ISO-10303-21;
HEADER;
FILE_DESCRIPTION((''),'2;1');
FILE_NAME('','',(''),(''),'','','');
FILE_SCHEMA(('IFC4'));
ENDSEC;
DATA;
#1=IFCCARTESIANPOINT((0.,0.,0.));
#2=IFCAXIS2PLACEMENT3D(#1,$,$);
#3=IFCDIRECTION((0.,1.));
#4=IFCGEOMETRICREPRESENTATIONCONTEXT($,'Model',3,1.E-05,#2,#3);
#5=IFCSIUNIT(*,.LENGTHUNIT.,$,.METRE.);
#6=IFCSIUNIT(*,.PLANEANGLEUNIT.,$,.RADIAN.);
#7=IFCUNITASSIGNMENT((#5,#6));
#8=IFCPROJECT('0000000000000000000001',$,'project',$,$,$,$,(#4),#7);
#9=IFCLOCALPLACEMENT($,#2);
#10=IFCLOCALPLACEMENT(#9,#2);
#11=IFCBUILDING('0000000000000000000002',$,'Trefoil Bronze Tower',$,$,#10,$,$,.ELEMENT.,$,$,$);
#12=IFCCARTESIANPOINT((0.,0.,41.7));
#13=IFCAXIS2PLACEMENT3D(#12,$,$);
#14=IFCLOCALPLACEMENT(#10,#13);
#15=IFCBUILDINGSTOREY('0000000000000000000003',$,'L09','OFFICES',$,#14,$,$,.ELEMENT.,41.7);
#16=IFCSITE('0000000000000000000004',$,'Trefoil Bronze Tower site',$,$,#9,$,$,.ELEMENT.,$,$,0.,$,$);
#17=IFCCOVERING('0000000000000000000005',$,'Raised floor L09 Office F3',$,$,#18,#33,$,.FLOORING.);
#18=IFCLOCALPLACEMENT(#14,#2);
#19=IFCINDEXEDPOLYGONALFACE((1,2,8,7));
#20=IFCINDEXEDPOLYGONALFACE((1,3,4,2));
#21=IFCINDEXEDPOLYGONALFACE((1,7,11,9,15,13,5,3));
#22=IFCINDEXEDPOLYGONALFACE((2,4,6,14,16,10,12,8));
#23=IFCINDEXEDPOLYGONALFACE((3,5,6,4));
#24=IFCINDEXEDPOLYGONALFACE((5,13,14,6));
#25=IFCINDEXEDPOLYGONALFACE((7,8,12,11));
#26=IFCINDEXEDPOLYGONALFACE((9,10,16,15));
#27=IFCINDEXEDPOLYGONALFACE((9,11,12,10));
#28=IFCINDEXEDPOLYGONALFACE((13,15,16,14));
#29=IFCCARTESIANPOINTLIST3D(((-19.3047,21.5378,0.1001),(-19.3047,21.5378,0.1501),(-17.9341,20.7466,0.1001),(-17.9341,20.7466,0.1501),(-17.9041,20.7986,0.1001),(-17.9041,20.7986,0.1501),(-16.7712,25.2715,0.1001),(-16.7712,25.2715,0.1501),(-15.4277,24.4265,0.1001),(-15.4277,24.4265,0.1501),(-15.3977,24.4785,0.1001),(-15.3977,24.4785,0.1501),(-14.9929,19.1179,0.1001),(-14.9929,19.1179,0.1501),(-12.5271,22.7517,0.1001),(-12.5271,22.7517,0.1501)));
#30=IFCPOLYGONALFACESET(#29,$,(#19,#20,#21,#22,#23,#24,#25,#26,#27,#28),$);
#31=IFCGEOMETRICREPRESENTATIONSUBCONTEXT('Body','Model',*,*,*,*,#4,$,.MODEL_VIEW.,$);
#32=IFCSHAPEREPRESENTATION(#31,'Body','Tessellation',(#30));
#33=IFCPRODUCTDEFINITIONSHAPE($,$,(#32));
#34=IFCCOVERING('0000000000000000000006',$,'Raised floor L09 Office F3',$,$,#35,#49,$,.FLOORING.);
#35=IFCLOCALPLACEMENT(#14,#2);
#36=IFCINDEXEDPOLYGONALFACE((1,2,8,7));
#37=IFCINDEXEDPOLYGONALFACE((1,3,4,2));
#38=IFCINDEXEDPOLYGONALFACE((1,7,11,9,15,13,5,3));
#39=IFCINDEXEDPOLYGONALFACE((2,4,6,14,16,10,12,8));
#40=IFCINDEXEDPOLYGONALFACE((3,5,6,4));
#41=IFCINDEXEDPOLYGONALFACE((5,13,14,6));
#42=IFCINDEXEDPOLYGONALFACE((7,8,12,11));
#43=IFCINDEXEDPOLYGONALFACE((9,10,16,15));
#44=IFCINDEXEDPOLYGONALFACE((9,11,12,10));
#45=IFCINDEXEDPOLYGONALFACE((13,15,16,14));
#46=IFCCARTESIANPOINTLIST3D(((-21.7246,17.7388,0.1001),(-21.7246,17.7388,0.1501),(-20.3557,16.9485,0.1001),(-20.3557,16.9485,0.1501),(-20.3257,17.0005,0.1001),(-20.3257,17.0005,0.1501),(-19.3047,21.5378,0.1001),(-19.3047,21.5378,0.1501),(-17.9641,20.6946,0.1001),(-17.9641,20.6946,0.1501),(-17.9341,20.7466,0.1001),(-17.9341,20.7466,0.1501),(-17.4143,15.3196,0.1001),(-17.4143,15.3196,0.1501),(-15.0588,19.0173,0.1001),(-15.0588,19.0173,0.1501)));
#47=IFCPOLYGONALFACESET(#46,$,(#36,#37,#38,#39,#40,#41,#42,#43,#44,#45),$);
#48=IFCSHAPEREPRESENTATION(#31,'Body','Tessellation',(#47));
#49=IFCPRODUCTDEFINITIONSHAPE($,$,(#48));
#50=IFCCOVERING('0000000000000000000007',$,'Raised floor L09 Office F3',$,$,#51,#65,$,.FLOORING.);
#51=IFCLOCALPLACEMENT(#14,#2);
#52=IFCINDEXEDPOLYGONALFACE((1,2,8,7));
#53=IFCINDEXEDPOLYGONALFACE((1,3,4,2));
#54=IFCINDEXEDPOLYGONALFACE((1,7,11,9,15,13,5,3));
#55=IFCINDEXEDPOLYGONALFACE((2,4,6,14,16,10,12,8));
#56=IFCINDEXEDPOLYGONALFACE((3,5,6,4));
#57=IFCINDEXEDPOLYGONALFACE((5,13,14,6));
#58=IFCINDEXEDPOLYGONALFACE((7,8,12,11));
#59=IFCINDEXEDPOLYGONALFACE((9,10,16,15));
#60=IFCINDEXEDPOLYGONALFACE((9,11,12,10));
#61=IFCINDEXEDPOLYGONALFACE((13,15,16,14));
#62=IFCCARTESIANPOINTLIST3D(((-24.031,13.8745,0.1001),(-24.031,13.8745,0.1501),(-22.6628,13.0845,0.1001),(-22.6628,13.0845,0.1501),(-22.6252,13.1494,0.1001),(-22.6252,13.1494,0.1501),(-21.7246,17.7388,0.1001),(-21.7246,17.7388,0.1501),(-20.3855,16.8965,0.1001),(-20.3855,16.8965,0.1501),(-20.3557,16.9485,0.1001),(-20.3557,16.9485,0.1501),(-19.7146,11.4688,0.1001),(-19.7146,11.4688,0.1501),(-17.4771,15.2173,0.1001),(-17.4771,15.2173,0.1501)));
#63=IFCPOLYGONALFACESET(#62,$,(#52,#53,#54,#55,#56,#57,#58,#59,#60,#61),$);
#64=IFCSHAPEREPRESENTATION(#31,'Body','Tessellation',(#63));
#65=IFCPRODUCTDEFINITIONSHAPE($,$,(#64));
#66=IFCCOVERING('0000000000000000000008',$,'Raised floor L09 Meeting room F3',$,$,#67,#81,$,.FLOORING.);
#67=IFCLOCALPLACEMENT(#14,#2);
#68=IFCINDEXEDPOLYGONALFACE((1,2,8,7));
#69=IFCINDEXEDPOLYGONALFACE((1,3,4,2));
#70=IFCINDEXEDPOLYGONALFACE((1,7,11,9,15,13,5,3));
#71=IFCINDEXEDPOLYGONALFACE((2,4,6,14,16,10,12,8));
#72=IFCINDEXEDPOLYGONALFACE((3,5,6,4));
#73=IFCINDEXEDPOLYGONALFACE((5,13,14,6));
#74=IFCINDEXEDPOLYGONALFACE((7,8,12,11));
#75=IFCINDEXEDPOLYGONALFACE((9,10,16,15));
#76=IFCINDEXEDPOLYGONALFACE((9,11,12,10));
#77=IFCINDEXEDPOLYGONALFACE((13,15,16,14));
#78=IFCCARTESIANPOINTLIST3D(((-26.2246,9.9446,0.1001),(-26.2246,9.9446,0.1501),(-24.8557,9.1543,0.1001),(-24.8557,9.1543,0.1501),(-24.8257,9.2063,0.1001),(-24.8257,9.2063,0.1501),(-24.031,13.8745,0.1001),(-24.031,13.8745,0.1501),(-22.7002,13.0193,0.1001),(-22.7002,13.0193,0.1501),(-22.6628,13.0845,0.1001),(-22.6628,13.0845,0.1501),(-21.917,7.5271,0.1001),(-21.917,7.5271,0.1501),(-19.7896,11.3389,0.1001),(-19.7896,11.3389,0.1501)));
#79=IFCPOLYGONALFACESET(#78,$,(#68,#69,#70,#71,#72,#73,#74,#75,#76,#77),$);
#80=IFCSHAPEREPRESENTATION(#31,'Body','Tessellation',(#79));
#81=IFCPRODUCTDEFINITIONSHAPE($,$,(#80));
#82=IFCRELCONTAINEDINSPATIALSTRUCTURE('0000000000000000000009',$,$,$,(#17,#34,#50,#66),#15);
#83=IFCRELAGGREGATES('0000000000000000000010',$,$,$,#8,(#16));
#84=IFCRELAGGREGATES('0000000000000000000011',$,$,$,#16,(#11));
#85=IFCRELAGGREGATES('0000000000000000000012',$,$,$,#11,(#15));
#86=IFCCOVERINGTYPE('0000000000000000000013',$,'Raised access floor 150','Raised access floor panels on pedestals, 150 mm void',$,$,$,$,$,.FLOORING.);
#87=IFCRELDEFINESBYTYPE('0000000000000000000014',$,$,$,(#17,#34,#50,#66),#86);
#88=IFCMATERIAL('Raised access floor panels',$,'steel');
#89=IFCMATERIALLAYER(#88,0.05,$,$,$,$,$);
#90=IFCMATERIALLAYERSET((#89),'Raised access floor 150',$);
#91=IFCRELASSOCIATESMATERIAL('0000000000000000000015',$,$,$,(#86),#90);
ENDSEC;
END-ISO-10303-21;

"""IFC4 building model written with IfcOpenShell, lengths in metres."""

from ifc_helpers import new_model, si_unit, direction, frame, origin, place, context, subcontext, project, spatial, polyline, outline, extrude, material, layer, layer_set, type_object, element, save


model = new_model("IFC4")

# Units and contexts
model_context = context("Model", 3, precision=1e-05, world=origin(), true_north=direction((0.0, 1.0)))
body_context = subcontext(model_context, "Body", "Model", "MODEL_VIEW")
ifc_project = project(units=[si_unit("LENGTHUNIT", "METRE"), si_unit("PLANEANGLEUNIT", "RADIAN")], contexts=[model_context])

# Site, building, storey
site_placement = place(None, origin())
site = spatial("IfcSite", under=ifc_project, at=site_placement, Name="Trefoil Bronze Tower site", CompositionType="ELEMENT", RefElevation=0.0)
building_placement = place(site_placement, origin())
building = spatial("IfcBuilding", under=site, at=building_placement, Name="Trefoil Bronze Tower", CompositionType="ELEMENT")
storey_placement = place(building_placement, frame((0.0, 0.0, 41.7)))
storey = spatial("IfcBuildingStorey", under=building, at=storey_placement, Name="L09", Description="OFFICES", CompositionType="ELEMENT", Elevation=41.7)

# Coverings
ifc_material_1 = material(Name="Raised access floor panels", Category="steel")
ifc_layer_1 = layer(ifc_material_1, 0.05)
ifc_layer_set_1 = layer_set([ifc_layer_1], Name="Raised access floor 150")
covering_type_1 = type_object("IfcCoveringType", Name="Raised access floor 150", Description="Raised access floor panels on pedestals, 150 mm void", PredefinedType="FLOORING", material=ifc_layer_set_1)
covering_1_placement = place(storey_placement, frame((0.0, 0.0, 0.1001)))
element("IfcCovering", 1, at=covering_1_placement, inside=storey, type_object=covering_type_1, Name="Raised floor L09 Office F3", PredefinedType="FLOORING", context=body_context, shape_type="SweptSolid", body=[
    extrude(outline(polyline([(-19.3047, 21.5378), (-16.7712, 25.2715), (-15.3977, 24.4785), (-15.4277, 24.4265), (-12.5271, 22.7517), (-14.9929, 19.1179), (-17.9041, 20.7986), (-17.9341, 20.7466), (-19.3047, 21.5378)])), origin(), (0.0, 0.0, 1.0), 0.05),
])
covering_2_placement = place(storey_placement, frame((0.0, 0.0, 0.1001)))
element("IfcCovering", 2, at=covering_2_placement, inside=storey, type_object=covering_type_1, Name="Raised floor L09 Office F3", PredefinedType="FLOORING", context=body_context, shape_type="SweptSolid", body=[
    extrude(outline(polyline([(-19.3047, 21.5378), (-17.9341, 20.7466), (-17.9641, 20.6946), (-15.0588, 19.0173), (-17.4143, 15.3196), (-20.3257, 17.0005), (-20.3557, 16.9485), (-21.7246, 17.7388), (-19.3047, 21.5378)])), origin(), (0.0, 0.0, 1.0), 0.05),
])
covering_3_placement = place(storey_placement, frame((0.0, 0.0, 0.1001)))
element("IfcCovering", 3, at=covering_3_placement, inside=storey, type_object=covering_type_1, Name="Raised floor L09 Office F3", PredefinedType="FLOORING", context=body_context, shape_type="SweptSolid", body=[
    extrude(outline(polyline([(-24.031, 13.8745), (-21.7246, 17.7388), (-20.3557, 16.9485), (-20.3855, 16.8965), (-17.4771, 15.2173), (-19.7146, 11.4688), (-22.6252, 13.1494), (-22.6628, 13.0845), (-24.031, 13.8745)])), origin(), (0.0, 0.0, 1.0), 0.05),
])
covering_4_placement = place(storey_placement, frame((0.0, 0.0, 0.1001)))
element("IfcCovering", 4, at=covering_4_placement, inside=storey, type_object=covering_type_1, Name="Raised floor L09 Meeting room F3", PredefinedType="FLOORING", context=body_context, shape_type="SweptSolid", body=[
    extrude(outline(polyline([(-26.2246, 9.9446), (-24.031, 13.8745), (-22.6628, 13.0845), (-22.7002, 13.0193), (-19.7896, 11.3389), (-21.917, 7.5271), (-24.8257, 9.2063), (-24.8557, 9.1543), (-26.2246, 9.9446)])), origin(), (0.0, 0.0, 1.0), 0.05),
])

save(model, "model.ifc")
